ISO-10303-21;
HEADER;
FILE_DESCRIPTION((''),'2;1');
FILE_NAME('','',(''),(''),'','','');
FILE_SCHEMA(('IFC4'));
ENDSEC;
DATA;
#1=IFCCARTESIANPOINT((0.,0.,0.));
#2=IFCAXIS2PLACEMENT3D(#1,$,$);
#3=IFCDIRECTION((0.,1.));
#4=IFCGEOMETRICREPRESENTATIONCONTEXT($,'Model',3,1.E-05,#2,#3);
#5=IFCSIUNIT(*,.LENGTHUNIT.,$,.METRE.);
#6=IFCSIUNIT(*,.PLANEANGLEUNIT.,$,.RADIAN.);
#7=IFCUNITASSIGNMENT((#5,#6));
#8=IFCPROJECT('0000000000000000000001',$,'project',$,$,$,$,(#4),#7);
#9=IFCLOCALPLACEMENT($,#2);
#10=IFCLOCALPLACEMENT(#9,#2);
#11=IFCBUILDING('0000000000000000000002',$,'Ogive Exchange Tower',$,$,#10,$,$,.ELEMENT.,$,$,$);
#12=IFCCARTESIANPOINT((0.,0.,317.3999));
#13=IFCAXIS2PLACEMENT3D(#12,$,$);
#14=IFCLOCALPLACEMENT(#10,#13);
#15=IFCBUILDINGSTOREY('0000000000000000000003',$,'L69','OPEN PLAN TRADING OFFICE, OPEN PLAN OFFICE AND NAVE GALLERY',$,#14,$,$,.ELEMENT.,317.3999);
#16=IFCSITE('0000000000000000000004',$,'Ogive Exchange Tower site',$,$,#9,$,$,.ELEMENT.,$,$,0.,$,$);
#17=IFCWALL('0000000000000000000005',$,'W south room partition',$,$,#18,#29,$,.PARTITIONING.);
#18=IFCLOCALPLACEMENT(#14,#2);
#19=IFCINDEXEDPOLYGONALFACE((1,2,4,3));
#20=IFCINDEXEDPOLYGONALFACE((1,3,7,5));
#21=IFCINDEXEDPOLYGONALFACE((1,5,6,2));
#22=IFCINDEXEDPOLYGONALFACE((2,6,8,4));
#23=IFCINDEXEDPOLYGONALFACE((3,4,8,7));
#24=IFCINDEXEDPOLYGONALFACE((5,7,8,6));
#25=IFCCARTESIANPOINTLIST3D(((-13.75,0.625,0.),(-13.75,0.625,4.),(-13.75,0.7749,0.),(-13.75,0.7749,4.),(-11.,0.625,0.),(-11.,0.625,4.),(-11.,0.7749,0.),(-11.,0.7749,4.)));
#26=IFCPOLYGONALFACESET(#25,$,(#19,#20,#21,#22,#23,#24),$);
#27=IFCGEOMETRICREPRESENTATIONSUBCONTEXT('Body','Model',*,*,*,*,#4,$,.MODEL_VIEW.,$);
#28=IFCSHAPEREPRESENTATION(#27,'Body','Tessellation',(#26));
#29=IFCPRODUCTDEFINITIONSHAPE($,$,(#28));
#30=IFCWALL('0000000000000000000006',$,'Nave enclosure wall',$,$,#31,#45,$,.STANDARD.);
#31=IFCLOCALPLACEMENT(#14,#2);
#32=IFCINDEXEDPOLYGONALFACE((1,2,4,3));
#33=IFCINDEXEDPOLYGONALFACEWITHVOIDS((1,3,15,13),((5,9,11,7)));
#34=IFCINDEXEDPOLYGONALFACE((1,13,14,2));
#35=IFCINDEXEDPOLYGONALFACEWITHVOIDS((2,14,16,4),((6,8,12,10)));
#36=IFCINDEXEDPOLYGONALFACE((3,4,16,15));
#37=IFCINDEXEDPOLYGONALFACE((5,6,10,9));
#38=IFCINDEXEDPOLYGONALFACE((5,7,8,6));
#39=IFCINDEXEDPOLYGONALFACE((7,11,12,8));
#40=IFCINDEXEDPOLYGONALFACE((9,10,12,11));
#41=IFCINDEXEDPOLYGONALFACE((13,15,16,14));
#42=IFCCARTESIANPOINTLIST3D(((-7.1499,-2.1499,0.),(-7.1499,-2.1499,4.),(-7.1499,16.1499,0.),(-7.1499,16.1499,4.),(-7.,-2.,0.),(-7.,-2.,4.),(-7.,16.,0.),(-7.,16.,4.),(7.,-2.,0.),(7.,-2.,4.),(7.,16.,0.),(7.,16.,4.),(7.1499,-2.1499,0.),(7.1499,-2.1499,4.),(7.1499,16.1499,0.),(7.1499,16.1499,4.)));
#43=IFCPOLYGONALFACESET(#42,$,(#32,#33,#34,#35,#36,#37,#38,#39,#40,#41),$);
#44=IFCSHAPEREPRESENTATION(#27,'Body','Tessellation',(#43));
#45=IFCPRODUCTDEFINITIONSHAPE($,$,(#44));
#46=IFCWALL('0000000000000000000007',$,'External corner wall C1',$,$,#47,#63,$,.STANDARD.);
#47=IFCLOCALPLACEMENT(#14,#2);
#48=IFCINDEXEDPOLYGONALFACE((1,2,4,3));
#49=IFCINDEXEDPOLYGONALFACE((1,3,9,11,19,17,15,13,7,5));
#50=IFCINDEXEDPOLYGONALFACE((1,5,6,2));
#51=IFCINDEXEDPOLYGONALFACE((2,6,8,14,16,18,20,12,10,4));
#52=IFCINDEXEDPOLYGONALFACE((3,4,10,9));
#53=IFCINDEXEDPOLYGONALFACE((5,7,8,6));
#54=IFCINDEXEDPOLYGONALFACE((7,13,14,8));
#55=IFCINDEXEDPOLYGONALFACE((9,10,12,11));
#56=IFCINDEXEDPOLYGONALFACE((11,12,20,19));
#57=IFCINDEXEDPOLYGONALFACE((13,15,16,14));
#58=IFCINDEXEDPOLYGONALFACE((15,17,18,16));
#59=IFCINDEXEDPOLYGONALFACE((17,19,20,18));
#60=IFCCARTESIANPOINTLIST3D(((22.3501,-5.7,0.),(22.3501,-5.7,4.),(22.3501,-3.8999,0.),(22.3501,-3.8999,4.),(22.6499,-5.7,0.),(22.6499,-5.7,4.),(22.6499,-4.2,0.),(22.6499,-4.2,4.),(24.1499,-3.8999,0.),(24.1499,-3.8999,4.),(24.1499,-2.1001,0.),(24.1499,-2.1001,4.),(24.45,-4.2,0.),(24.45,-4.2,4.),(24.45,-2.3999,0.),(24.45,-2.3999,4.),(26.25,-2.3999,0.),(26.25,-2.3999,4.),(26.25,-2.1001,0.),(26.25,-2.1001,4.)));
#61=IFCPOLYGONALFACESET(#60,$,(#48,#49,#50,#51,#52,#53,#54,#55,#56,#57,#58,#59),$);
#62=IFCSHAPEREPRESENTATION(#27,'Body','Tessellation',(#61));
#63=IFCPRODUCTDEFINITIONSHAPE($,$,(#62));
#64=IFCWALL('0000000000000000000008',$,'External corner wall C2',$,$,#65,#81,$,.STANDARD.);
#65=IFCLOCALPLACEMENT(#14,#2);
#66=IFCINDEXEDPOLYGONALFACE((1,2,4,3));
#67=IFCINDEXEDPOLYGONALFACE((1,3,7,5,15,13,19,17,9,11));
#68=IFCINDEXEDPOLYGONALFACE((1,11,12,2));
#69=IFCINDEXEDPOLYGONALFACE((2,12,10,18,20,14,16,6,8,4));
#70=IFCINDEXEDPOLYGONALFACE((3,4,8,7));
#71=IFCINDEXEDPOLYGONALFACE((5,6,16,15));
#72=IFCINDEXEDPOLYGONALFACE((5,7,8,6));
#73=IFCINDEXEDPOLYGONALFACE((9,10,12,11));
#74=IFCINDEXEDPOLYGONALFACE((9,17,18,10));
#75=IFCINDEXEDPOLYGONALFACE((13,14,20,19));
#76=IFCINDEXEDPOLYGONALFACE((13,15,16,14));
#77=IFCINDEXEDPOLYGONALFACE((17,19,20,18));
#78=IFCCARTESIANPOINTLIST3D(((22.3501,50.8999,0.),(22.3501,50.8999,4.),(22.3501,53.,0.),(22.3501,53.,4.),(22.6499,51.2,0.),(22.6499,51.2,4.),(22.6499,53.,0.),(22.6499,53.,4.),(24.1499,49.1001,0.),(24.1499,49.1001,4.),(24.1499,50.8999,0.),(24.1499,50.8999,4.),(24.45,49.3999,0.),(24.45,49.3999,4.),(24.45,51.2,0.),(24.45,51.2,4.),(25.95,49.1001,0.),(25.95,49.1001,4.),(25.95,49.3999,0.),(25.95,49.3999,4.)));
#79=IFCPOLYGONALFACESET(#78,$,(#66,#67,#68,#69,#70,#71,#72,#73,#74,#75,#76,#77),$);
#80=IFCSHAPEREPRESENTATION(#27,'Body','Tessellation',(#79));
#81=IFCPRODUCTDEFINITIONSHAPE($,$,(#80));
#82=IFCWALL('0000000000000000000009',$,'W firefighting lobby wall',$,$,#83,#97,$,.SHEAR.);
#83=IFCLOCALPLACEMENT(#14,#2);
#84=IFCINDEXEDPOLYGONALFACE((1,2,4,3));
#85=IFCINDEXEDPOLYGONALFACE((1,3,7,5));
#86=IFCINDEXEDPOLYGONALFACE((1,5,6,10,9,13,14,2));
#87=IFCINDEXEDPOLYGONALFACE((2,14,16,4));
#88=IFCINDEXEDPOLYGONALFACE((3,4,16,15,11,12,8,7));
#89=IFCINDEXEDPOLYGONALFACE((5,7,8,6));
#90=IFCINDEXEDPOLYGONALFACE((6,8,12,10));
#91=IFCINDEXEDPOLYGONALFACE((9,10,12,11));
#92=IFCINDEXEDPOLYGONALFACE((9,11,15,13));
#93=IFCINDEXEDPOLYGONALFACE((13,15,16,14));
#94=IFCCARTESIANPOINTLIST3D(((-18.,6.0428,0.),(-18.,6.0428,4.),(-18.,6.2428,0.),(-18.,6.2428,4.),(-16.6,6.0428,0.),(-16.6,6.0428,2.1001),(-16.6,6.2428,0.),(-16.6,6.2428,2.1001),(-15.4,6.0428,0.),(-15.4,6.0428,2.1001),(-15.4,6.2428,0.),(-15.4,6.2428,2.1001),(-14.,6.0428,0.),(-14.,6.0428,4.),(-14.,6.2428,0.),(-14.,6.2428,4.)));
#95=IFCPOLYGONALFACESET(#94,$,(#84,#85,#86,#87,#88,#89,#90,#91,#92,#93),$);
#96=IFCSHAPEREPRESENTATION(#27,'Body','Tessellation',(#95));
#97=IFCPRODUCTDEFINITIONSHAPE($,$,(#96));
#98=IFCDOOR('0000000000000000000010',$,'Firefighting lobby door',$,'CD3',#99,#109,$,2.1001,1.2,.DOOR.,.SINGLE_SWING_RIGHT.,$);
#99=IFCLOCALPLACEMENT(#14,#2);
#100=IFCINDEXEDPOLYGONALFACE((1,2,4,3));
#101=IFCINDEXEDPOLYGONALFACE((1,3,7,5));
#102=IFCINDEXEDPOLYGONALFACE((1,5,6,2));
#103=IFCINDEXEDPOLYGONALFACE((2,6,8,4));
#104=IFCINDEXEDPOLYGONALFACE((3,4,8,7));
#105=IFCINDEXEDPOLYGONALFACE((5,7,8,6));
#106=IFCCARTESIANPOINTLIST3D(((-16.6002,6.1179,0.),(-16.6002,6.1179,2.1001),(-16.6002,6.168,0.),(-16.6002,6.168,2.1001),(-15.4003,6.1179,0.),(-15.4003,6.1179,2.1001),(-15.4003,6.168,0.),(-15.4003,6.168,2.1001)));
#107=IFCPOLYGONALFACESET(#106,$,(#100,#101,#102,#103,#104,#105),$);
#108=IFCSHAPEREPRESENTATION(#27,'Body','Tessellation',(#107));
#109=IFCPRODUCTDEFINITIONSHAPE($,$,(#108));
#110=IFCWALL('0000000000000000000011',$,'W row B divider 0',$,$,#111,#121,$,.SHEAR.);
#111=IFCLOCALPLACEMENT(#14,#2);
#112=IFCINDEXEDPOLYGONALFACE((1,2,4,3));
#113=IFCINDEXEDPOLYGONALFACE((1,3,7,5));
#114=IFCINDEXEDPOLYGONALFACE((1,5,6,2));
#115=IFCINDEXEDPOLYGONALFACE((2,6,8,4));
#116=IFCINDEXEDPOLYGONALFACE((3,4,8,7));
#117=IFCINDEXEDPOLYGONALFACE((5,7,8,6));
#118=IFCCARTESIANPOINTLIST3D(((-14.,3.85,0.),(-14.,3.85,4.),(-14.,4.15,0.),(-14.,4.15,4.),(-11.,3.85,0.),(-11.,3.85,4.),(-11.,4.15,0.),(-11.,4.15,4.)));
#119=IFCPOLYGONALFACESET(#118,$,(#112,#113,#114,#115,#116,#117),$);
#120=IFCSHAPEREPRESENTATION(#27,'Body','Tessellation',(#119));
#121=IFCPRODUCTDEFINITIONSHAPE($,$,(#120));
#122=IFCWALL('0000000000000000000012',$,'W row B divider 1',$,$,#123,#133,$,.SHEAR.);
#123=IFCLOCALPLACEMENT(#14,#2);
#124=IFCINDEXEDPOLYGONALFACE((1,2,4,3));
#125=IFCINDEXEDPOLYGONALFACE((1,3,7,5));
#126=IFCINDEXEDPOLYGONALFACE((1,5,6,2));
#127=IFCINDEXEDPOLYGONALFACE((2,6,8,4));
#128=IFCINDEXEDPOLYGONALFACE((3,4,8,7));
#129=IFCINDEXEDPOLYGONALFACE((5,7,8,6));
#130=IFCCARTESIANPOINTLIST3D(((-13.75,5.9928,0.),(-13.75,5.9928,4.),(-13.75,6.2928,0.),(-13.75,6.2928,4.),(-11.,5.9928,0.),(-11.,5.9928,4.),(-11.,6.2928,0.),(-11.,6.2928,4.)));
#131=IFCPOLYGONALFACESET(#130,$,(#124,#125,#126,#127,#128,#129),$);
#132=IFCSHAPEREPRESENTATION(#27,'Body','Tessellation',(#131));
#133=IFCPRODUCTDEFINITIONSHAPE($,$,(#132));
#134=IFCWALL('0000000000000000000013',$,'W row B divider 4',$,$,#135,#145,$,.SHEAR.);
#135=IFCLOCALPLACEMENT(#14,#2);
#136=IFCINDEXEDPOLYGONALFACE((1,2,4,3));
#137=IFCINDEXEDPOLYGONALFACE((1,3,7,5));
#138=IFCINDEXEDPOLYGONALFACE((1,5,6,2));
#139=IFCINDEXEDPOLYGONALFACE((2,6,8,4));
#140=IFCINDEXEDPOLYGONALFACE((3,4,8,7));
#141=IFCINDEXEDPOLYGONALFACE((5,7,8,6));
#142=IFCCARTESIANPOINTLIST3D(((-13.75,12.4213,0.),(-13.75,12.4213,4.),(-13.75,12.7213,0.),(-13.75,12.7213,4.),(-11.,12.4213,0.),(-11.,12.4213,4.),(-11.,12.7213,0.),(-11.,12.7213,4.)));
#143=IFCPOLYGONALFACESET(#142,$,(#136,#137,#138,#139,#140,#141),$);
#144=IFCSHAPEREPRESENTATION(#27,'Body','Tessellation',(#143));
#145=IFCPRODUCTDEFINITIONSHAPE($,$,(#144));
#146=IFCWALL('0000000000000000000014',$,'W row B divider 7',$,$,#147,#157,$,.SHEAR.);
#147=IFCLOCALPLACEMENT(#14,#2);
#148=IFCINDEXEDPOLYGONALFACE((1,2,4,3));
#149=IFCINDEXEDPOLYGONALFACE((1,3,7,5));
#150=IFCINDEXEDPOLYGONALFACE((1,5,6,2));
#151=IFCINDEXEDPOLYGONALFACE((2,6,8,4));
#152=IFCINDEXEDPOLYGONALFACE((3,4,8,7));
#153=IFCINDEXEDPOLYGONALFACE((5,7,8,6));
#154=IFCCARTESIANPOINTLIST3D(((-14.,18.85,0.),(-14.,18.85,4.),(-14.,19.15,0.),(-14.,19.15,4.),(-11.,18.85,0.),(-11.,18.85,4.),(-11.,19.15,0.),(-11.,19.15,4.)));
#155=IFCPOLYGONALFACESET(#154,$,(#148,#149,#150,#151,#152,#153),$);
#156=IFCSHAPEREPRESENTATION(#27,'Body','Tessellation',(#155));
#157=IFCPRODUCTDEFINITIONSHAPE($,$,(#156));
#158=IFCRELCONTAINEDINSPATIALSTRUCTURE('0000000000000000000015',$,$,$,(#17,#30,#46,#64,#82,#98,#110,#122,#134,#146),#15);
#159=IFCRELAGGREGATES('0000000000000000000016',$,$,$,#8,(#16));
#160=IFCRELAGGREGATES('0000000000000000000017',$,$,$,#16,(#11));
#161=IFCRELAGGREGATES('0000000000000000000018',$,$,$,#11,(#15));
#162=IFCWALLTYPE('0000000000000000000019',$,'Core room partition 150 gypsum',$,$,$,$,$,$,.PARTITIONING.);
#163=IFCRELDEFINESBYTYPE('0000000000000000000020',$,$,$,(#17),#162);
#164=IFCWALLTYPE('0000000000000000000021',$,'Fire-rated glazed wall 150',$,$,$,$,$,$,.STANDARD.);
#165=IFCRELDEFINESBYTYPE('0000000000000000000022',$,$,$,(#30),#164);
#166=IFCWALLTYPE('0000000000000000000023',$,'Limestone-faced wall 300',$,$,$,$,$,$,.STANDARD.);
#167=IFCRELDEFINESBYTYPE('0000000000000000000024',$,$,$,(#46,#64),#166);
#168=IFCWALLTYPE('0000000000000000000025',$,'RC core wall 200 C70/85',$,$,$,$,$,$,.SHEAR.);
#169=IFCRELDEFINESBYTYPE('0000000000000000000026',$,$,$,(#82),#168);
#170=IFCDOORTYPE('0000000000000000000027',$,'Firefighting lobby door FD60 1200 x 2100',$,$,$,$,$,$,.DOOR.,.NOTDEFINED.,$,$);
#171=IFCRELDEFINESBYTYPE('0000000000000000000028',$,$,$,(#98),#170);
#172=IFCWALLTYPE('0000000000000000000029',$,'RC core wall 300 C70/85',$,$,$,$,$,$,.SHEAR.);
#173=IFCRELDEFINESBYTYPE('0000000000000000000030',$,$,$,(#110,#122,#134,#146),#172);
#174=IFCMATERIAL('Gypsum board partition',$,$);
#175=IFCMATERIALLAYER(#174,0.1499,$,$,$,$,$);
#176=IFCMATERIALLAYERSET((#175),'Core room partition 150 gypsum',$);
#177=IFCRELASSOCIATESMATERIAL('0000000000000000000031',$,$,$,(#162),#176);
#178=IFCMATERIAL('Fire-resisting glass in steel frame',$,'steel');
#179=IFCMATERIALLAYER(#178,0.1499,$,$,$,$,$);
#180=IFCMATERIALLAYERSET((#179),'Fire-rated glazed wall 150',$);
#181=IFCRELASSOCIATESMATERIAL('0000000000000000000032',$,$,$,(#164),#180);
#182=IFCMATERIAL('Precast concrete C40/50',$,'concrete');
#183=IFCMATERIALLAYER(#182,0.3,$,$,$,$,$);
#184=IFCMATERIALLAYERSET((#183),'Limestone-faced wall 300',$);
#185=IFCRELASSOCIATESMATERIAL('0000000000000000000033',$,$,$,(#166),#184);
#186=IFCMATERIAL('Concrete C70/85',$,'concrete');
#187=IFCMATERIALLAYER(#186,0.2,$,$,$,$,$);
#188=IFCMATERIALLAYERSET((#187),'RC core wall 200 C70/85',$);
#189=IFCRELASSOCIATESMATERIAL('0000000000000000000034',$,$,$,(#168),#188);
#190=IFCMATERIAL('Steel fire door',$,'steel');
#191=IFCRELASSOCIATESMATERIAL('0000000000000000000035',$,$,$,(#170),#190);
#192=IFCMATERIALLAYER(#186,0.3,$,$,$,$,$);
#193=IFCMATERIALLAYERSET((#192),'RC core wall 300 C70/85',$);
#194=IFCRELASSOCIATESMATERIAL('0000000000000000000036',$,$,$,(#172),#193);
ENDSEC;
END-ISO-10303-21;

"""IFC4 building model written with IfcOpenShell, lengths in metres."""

from ifc_helpers import new_model, si_unit, direction, frame, frame_2d, origin, place, context, subcontext, project, spatial, polyline, rectangle, outline, extrude, material, layer, layer_set, type_object, element, fill, save


model = new_model("IFC4")

# Units and contexts
model_context = context("Model", 3, precision=1e-05, world=origin(), true_north=direction((0.0, 1.0)))
body_context = subcontext(model_context, "Body", "Model", "MODEL_VIEW")
ifc_project = project(units=[si_unit("LENGTHUNIT", "METRE"), si_unit("PLANEANGLEUNIT", "RADIAN")], contexts=[model_context])

# Site, building, storey
site_placement = place(None, origin())
site = spatial("IfcSite", under=ifc_project, at=site_placement, Name="Ogive Exchange Tower site", CompositionType="ELEMENT", RefElevation=0.0)
building_placement = place(site_placement, origin())
building = spatial("IfcBuilding", under=site, at=building_placement, Name="Ogive Exchange Tower", CompositionType="ELEMENT")
storey_placement = place(building_placement, frame((0.0, 0.0, 317.3999)))
storey = spatial("IfcBuildingStorey", under=building, at=storey_placement, Name="L69", Description="OPEN PLAN TRADING OFFICE, OPEN PLAN OFFICE AND NAVE GALLERY", CompositionType="ELEMENT", Elevation=317.3999)

# Walls
ifc_material_1 = material(Name="Gypsum board partition")
ifc_layer_1 = layer(ifc_material_1, 0.1499)
ifc_layer_set_1 = layer_set([ifc_layer_1], Name="Core room partition 150 gypsum")
wall_type_1 = type_object("IfcWallType", Name="Core room partition 150 gypsum", PredefinedType="PARTITIONING", material=ifc_layer_set_1)
wall_1_placement = place(storey_placement, frame((-13.75, 0.7, 0.0), z_axis=(0.0, 0.0, 1.0), x_axis=(1.0, 0.0, 0.0)))
element("IfcWall", 1, at=wall_1_placement, inside=storey, type_object=wall_type_1, Name="W south room partition", PredefinedType="PARTITIONING", context=body_context, shape_type="SweptSolid", body=[
    extrude(rectangle(XDim=2.75, YDim=0.1499, at=frame_2d((1.375, 0.0))), origin(), (0.0, 0.0, 1.0), 4.0),
])
ifc_material_2 = material(Name="Fire-resisting glass in steel frame", Category="steel")
ifc_layer_2 = layer(ifc_material_2, 0.1499)
ifc_layer_set_2 = layer_set([ifc_layer_2], Name="Fire-rated glazed wall 150")
wall_type_2 = type_object("IfcWallType", Name="Fire-rated glazed wall 150", PredefinedType="STANDARD", material=ifc_layer_set_2)
wall_2_placement = place(storey_placement, origin())
element("IfcWall", 2, at=wall_2_placement, inside=storey, type_object=wall_type_2, Name="Nave enclosure wall", PredefinedType="STANDARD", context=body_context, shape_type="SweptSolid", body=[
    extrude(outline(polyline([(-7.1499, -2.1499), (7.1499, -2.1499), (7.1499, 16.1499), (-7.1499, 16.1499), (-7.1499, -2.1499)]), holes=[polyline([(-7.0, -2.0), (-7.0, 16.0), (7.0, 16.0), (7.0, -2.0), (-7.0, -2.0)])]), origin(), (0.0, 0.0, 1.0), 4.0),
])
ifc_material_3 = material(Name="Precast concrete C40/50", Category="concrete")
ifc_layer_3 = layer(ifc_material_3, 0.3)
ifc_layer_set_3 = layer_set([ifc_layer_3], Name="Limestone-faced wall 300")
wall_type_3 = type_object("IfcWallType", Name="Limestone-faced wall 300", PredefinedType="STANDARD", material=ifc_layer_set_3)
wall_3_placement = place(storey_placement, origin())
element("IfcWall", 3, at=wall_3_placement, inside=storey, type_object=wall_type_3, Name="External corner wall C1", PredefinedType="STANDARD", context=body_context, shape_type="SweptSolid", body=[
    extrude(outline(polyline([(24.1499, -3.8999), (24.1499, -2.1001), (26.25, -2.1001), (26.25, -2.3999), (24.45, -2.3999), (24.45, -4.2), (22.6499, -4.2), (22.6499, -5.7), (22.3501, -5.7), (22.3501, -3.8999), (24.1499, -3.8999)])), origin(), (0.0, 0.0, 1.0), 4.0),
])
wall_4_placement = place(storey_placement, origin())
element("IfcWall", 4, at=wall_4_placement, inside=storey, type_object=wall_type_3, Name="External corner wall C2", PredefinedType="STANDARD", context=body_context, shape_type="SweptSolid", body=[
    extrude(outline(polyline([(24.1499, 50.8999), (22.3501, 50.8999), (22.3501, 53.0), (22.6499, 53.0), (22.6499, 51.2), (24.45, 51.2), (24.45, 49.3999), (25.95, 49.3999), (25.95, 49.1001), (24.1499, 49.1001), (24.1499, 50.8999)])), origin(), (0.0, 0.0, 1.0), 4.0),
])

# Wall, opening, door
ifc_material_4 = material(Name="Concrete C70/85", Category="concrete")
ifc_layer_4 = layer(ifc_material_4, 0.2)
ifc_layer_set_4 = layer_set([ifc_layer_4], Name="RC core wall 200 C70/85")
wall_type_4 = type_object("IfcWallType", Name="RC core wall 200 C70/85", PredefinedType="SHEAR", material=ifc_layer_set_4)
wall_5_placement = place(storey_placement, frame((-18.0, 6.1428, 0.0), z_axis=(0.0, 0.0, 1.0), x_axis=(1.0, 0.0, 0.0)))
wall_5 = element("IfcWall", 5, at=wall_5_placement, inside=storey, type_object=wall_type_4, Name="W firefighting lobby wall", PredefinedType="SHEAR", context=body_context, shape_type="SweptSolid", body=[
    extrude(rectangle(XDim=4.0, YDim=0.2, at=frame_2d((2.0, 0.0))), origin(), (0.0, 0.0, 1.0), 4.0),
])
opening_placement = place(wall_5_placement, frame((1.3999, 0.0, 0.0)))
opening = element("IfcOpeningElement", 6, at=opening_placement, cuts=wall_5, PredefinedType="OPENING", context=body_context, shape_type="SweptSolid", body=[
    extrude(rectangle(XDim=1.2, YDim=2.1001, at=frame_2d((0.6001, 1.05))), frame((0.0, 0.1099, 0.0), z_axis=(0.0, -1.0, 0.0), x_axis=(1.0, 0.0, 0.0)), (0.0, 0.0, 1.0), 0.22),
])
ifc_material_5 = material(Name="Steel fire door", Category="steel")
door_type = type_object("IfcDoorType", Name="Firefighting lobby door FD60 1200 x 2100", OperationType="NOTDEFINED", PredefinedType="DOOR", material=ifc_material_5)
door_placement = place(opening_placement, frame((1.2, 0.0, 0.0), z_axis=(0.0, 0.0, 1.0), x_axis=(-1.0, 0.0, 0.0)))
door = element("IfcDoor", 7, at=door_placement, inside=storey, type_object=door_type, Name="Firefighting lobby door", ObjectType="CD3", OperationType="SINGLE_SWING_RIGHT", OverallHeight=2.1001, OverallWidth=1.2, PredefinedType="DOOR", context=body_context, shape_type="SweptSolid", body=[
    extrude(rectangle(XDim=1.2, YDim=2.1001, at=frame_2d((0.6001, 1.05))), frame((0.0, 0.0249, 0.0), z_axis=(0.0, -1.0, 0.0), x_axis=(1.0, 0.0, 0.0)), (0.0, 0.0, 1.0), 0.05),
])
fill(opening, door)

# Walls
ifc_layer_5 = layer(ifc_material_4, 0.3)
ifc_layer_set_5 = layer_set([ifc_layer_5], Name="RC core wall 300 C70/85")
wall_type_5 = type_object("IfcWallType", Name="RC core wall 300 C70/85", PredefinedType="SHEAR", material=ifc_layer_set_5)
wall_6_placement = place(storey_placement, frame((-14.0, 4.0, 0.0), z_axis=(0.0, 0.0, 1.0), x_axis=(1.0, 0.0, 0.0)))
element("IfcWall", 8, at=wall_6_placement, inside=storey, type_object=wall_type_5, Name="W row B divider 0", PredefinedType="SHEAR", context=body_context, shape_type="SweptSolid", body=[
    extrude(rectangle(XDim=3.0, YDim=0.3, at=frame_2d((1.5, 0.0))), origin(), (0.0, 0.0, 1.0), 4.0),
])
for number, where, z_axis, x_axis, name in (
    (9, (-13.75, 6.1428, 0.0), (0.0, 0.0, 1.0), (1.0, 0.0, 0.0), "W row B divider 1"),
    (10, (-13.75, 12.5713, 0.0), (0.0, 0.0, 1.0), (1.0, 0.0, 0.0), "W row B divider 4"),
):
    element("IfcWall", number, at=place(storey_placement, frame(where, z_axis=z_axis, x_axis=x_axis)), inside=storey, type_object=wall_type_5, Name=name, PredefinedType="SHEAR", context=body_context, shape_type="SweptSolid", body=[
        extrude(rectangle(XDim=2.75, YDim=0.3, at=frame_2d((1.375, 0.0))), origin(), (0.0, 0.0, 1.0), 4.0),
    ])
wall_7_placement = place(storey_placement, frame((-14.0, 19.0, 0.0), z_axis=(0.0, 0.0, 1.0), x_axis=(1.0, 0.0, 0.0)))
element("IfcWall", 11, at=wall_7_placement, inside=storey, type_object=wall_type_5, Name="W row B divider 7", PredefinedType="SHEAR", context=body_context, shape_type="SweptSolid", body=[
    extrude(rectangle(XDim=3.0, YDim=0.3, at=frame_2d((1.5, 0.0))), origin(), (0.0, 0.0, 1.0), 4.0),
])

save(model, "model.ifc")
